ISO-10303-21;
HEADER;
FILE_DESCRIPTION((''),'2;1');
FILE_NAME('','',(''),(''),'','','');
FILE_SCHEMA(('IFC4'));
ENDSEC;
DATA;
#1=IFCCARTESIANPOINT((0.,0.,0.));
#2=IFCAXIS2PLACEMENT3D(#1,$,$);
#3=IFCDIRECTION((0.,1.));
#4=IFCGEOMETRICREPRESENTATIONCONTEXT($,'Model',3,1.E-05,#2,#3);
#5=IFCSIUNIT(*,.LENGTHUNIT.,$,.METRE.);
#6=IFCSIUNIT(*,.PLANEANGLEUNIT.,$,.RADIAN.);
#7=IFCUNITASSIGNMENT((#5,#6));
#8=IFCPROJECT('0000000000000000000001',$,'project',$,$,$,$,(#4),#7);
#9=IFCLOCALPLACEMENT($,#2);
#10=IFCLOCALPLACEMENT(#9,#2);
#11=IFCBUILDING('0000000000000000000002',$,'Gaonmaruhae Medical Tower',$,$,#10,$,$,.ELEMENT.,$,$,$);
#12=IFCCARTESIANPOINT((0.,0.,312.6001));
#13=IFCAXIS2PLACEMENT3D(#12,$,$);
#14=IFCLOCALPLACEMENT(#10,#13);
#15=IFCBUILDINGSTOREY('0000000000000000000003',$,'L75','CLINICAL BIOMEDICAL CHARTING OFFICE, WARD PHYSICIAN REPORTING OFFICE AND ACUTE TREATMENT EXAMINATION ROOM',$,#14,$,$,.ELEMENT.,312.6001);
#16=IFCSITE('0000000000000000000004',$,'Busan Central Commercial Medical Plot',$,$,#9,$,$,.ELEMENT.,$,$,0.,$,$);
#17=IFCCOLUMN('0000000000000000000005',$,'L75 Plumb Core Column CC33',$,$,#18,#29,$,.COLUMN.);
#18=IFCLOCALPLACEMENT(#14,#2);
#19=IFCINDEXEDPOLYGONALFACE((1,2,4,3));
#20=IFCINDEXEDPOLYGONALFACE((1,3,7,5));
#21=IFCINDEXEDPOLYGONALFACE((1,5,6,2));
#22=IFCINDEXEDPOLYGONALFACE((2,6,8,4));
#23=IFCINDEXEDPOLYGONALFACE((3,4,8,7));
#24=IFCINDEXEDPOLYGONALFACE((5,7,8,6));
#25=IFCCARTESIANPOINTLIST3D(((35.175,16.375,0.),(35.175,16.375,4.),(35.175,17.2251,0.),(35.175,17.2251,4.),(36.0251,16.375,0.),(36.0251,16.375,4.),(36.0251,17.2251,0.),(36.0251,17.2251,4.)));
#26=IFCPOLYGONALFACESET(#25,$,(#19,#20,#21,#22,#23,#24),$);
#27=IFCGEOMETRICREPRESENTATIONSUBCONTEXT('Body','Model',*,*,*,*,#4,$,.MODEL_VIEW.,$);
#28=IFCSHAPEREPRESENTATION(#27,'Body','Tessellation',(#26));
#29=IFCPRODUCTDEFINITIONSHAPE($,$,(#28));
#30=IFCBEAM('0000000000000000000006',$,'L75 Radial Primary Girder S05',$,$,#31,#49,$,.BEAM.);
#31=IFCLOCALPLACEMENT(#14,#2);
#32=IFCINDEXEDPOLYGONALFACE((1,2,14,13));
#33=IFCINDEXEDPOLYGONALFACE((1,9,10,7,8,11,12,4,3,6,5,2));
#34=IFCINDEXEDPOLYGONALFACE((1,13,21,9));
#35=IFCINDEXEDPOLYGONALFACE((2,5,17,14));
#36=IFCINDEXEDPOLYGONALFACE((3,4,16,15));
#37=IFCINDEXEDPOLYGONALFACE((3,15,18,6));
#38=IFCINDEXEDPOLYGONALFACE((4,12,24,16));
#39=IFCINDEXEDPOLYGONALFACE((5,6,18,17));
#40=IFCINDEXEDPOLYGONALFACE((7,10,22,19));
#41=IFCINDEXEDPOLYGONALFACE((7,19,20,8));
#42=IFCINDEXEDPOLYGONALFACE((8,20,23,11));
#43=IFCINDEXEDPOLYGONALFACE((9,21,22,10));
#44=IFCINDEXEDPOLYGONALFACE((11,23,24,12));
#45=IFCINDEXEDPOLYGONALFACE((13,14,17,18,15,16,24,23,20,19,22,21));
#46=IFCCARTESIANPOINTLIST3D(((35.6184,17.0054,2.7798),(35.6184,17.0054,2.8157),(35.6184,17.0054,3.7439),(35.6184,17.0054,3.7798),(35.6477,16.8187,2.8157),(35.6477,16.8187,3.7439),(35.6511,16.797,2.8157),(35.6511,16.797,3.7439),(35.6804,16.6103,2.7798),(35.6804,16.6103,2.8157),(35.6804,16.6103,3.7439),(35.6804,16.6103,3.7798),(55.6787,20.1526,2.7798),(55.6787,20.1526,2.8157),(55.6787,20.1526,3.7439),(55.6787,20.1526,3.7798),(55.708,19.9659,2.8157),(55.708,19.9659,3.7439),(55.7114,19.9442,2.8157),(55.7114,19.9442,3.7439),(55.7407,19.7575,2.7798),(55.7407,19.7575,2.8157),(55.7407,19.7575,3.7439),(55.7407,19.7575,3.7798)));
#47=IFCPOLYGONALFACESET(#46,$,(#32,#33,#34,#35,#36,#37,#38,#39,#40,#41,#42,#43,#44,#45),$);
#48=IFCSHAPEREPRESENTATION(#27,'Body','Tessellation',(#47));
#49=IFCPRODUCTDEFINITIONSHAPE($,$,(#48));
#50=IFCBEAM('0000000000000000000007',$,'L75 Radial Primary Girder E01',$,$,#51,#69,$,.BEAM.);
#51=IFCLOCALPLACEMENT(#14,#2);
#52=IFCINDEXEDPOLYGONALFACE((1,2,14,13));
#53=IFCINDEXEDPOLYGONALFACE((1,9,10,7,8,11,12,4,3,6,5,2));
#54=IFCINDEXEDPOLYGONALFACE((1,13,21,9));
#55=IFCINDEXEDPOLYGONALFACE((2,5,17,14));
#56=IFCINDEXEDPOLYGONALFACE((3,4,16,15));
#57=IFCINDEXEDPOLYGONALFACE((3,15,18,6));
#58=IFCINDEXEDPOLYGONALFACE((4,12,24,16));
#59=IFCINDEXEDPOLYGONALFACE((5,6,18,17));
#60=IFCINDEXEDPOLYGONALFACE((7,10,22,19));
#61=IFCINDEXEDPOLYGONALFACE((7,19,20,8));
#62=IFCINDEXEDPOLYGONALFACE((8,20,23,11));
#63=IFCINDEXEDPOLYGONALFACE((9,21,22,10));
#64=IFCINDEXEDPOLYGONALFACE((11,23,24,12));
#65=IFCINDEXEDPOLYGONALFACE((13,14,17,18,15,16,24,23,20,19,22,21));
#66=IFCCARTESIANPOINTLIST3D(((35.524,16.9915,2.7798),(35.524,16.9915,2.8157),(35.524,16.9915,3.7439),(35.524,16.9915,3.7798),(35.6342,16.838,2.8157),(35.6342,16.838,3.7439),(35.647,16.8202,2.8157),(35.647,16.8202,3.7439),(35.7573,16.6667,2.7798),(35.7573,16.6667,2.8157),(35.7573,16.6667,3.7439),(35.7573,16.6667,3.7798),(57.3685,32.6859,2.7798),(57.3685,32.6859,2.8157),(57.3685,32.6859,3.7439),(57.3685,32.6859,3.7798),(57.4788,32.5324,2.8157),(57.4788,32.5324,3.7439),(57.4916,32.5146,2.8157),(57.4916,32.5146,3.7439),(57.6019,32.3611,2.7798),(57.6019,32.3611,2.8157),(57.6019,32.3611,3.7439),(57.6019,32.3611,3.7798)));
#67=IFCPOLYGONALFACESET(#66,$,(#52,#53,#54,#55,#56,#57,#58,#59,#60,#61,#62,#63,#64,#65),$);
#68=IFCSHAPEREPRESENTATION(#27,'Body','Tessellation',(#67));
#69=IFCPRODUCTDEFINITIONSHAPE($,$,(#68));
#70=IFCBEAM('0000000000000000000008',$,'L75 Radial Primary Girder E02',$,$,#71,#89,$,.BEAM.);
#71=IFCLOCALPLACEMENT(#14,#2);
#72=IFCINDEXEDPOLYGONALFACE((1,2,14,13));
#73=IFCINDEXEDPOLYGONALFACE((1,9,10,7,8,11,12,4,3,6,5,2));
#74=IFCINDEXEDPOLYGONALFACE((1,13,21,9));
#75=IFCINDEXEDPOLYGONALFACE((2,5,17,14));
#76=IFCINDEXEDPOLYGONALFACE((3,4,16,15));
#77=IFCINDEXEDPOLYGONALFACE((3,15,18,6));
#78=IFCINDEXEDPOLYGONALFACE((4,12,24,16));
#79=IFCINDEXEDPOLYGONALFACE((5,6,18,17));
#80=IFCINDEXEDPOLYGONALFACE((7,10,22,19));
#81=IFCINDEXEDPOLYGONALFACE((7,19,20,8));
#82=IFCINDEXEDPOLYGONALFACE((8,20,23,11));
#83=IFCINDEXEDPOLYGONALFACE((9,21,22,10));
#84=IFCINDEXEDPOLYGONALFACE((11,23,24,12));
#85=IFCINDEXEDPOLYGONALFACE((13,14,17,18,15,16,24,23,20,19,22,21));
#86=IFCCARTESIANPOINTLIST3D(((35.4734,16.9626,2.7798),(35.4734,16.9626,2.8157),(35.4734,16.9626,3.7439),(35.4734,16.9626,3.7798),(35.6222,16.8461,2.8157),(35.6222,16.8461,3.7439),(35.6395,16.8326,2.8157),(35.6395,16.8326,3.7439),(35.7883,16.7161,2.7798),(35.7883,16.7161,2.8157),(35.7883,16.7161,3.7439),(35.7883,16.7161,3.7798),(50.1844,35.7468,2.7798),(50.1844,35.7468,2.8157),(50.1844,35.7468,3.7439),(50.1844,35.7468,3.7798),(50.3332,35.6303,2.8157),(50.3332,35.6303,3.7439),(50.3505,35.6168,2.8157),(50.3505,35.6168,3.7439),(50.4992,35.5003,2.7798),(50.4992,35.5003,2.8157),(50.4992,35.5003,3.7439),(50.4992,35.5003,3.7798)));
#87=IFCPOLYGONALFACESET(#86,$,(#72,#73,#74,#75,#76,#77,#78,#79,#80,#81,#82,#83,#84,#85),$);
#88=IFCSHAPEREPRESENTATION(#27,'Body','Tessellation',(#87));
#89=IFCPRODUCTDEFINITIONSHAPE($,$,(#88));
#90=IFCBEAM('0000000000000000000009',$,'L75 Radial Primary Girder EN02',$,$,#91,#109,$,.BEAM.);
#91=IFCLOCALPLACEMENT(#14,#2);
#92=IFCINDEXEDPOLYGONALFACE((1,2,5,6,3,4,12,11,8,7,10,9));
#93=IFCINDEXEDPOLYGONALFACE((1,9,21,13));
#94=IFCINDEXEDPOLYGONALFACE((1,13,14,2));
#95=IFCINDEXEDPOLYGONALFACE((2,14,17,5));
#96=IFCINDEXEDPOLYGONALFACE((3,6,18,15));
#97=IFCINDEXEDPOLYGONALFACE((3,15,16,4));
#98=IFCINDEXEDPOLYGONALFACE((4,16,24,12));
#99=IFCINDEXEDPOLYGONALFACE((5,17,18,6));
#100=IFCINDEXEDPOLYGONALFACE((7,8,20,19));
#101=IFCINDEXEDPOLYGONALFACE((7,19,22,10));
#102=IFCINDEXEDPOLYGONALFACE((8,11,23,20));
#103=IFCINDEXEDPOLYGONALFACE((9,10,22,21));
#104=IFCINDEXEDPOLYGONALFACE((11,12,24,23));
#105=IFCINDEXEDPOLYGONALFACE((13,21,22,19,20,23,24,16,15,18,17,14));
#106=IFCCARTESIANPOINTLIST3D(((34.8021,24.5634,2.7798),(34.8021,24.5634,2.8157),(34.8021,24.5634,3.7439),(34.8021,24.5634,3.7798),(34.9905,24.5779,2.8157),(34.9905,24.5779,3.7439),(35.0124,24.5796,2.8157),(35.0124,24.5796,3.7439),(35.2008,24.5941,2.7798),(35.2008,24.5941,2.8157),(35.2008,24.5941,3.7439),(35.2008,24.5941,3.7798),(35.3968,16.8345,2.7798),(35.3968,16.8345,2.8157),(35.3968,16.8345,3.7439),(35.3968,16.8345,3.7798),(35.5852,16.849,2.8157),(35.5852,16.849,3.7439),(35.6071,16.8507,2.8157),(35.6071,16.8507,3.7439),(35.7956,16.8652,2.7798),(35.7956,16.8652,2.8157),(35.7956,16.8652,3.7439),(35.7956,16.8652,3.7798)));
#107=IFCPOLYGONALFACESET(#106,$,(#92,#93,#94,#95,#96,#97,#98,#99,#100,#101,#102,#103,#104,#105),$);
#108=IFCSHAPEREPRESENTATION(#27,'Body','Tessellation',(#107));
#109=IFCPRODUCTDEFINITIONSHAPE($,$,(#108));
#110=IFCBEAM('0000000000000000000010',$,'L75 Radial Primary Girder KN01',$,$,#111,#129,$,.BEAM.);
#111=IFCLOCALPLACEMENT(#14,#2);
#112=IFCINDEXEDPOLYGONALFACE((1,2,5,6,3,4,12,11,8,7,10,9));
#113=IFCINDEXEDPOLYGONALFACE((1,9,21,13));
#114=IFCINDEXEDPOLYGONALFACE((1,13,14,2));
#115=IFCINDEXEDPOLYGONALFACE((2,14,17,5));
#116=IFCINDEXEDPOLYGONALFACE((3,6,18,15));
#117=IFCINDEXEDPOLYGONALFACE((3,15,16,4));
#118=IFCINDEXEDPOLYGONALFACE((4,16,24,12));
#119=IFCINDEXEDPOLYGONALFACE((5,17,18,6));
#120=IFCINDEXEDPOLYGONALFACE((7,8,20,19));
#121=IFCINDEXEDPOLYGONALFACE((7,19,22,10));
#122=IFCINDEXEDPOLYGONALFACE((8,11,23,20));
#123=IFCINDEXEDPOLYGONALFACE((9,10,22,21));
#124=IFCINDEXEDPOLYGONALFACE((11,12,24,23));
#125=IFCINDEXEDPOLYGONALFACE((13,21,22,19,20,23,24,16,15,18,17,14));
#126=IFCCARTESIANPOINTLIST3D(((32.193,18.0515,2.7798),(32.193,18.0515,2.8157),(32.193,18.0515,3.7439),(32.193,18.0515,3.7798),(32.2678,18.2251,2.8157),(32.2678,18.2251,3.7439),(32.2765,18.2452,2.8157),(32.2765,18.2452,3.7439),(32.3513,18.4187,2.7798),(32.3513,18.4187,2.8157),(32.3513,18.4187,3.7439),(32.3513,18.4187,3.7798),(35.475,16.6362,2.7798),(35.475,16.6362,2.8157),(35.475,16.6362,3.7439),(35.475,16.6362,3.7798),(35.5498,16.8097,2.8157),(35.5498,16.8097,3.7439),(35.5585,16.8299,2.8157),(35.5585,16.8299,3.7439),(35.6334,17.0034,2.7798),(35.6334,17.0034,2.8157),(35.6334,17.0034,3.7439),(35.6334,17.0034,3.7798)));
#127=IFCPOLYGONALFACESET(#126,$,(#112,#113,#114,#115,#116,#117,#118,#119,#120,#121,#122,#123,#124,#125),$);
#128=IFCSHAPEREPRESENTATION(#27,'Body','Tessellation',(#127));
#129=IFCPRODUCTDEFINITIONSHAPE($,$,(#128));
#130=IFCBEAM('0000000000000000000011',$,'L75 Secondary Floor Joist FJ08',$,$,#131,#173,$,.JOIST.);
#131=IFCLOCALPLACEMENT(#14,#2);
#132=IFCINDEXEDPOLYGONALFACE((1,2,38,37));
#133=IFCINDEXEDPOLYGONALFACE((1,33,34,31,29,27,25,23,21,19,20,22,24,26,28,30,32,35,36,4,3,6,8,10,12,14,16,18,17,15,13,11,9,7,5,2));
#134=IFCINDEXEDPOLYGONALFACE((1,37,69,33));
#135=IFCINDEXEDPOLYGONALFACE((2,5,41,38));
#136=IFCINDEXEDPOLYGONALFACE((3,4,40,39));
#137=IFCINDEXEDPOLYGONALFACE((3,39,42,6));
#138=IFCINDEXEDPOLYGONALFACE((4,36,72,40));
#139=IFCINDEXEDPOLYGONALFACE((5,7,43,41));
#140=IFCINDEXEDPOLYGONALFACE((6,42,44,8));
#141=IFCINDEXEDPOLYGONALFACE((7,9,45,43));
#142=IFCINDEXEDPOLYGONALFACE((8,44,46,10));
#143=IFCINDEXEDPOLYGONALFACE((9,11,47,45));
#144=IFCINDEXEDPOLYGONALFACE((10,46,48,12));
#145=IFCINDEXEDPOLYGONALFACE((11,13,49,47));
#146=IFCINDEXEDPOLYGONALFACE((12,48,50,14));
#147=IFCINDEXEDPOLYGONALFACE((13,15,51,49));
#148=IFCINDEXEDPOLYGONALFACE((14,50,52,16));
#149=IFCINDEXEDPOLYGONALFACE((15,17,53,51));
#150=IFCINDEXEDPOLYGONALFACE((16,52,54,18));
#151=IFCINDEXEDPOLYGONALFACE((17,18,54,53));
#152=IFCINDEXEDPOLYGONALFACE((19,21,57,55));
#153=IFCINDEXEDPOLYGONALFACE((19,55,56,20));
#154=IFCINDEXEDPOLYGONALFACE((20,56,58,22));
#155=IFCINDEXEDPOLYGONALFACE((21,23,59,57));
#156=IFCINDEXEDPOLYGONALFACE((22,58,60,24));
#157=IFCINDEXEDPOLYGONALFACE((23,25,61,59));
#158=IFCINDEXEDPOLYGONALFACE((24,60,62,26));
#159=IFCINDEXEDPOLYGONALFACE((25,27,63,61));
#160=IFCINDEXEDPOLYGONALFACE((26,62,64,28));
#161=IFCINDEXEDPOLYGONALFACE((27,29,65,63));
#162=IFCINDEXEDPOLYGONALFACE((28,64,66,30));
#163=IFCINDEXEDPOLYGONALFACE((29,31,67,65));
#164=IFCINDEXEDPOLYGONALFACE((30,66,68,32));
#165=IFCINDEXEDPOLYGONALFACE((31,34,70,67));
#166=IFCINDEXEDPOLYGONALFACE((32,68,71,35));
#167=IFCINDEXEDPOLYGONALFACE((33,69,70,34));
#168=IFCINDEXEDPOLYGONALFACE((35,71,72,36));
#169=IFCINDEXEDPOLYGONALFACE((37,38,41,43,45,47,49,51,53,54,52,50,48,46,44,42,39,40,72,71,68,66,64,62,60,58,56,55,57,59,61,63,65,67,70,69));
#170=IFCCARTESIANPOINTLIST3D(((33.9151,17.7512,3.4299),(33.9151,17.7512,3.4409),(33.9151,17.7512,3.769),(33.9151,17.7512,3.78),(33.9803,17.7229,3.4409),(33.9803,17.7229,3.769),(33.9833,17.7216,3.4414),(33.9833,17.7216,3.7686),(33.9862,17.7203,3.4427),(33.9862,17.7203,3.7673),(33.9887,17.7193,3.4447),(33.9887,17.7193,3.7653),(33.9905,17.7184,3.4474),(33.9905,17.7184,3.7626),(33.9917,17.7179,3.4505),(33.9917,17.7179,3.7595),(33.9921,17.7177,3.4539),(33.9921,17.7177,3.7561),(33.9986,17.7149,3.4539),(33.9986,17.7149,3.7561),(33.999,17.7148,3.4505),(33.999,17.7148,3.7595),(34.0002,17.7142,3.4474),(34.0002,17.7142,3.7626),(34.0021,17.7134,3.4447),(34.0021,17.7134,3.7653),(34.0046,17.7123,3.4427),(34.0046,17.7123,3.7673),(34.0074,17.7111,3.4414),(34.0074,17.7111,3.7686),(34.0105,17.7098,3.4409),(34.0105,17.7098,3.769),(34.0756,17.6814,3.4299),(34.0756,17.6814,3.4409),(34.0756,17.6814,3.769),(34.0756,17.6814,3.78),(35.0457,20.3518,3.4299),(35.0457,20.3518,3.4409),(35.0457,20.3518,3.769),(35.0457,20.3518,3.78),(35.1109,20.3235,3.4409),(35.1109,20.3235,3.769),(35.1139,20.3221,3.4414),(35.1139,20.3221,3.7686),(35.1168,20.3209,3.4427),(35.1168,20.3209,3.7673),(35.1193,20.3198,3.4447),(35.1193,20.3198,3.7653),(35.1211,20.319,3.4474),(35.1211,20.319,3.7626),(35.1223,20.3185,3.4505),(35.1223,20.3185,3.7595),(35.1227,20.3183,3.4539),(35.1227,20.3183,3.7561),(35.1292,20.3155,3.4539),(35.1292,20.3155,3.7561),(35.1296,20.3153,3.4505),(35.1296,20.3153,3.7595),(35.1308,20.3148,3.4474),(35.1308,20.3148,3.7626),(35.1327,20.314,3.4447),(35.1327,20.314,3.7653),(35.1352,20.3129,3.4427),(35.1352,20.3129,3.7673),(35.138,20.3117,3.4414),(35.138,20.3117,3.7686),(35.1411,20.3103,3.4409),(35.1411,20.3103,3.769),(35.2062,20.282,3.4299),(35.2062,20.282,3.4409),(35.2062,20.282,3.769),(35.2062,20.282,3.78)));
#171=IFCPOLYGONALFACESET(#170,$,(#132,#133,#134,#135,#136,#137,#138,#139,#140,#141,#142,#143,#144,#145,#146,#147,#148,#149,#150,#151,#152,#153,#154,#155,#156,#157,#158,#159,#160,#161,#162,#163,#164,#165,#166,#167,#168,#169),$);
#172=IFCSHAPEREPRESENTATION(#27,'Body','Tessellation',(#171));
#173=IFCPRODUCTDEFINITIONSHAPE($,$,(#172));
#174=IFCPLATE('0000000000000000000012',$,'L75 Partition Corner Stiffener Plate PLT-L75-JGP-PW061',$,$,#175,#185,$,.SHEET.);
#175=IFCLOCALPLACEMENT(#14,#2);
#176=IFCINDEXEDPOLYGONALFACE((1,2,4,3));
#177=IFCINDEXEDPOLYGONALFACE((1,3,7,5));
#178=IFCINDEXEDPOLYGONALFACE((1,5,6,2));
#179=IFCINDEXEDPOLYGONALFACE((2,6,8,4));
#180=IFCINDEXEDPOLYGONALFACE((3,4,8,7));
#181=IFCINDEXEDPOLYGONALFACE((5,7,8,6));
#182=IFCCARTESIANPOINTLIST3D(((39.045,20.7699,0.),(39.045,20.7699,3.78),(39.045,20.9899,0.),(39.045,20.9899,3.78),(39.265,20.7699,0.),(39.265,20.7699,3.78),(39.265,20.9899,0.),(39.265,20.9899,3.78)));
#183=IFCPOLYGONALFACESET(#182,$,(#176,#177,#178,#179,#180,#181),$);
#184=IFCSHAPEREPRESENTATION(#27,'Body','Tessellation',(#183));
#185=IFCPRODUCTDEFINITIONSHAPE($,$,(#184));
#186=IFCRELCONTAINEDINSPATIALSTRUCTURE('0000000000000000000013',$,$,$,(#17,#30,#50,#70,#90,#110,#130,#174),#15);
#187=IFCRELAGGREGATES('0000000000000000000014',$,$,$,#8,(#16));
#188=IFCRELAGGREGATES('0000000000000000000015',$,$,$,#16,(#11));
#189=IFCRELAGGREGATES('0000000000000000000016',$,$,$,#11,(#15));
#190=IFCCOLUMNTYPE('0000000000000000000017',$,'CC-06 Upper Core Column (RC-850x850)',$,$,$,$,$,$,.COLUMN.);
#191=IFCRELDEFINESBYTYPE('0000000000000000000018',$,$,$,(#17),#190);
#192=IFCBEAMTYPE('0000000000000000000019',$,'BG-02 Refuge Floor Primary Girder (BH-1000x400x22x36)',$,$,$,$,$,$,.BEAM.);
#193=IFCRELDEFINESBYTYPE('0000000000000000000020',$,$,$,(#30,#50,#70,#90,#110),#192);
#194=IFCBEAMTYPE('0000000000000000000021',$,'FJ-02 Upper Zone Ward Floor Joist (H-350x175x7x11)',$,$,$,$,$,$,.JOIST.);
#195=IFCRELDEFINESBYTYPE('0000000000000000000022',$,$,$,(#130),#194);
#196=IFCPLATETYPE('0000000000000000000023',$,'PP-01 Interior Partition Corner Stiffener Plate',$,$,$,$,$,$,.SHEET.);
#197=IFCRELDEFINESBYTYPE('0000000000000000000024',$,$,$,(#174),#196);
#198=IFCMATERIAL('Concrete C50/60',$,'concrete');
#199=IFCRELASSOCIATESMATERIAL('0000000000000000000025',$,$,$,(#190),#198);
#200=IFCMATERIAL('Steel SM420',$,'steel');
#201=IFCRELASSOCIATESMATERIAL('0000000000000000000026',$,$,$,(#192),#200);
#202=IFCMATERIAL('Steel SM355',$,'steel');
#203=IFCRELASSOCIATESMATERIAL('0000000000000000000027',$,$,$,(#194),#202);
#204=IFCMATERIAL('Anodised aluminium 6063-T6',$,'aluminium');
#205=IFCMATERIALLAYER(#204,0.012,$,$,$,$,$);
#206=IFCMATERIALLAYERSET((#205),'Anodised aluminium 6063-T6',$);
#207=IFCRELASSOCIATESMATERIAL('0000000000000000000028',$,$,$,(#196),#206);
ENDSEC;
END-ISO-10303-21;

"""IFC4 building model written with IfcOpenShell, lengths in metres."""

from ifc_helpers import new_model, si_unit, direction, frame, origin, origin_2d, place, context, subcontext, project, spatial, rectangle, i_section, extrude, material, layer, layer_set, material_profile, profile_set, type_object, element, save


model = new_model("IFC4")

# Units and contexts
model_context = context("Model", 3, precision=1e-05, world=origin(), true_north=direction((0.0, 1.0)))
body_context = subcontext(model_context, "Body", "Model", "MODEL_VIEW")
ifc_project = project(units=[si_unit("LENGTHUNIT", "METRE"), si_unit("PLANEANGLEUNIT", "RADIAN")], contexts=[model_context])

# Site, building, storey
site_placement = place(None, origin())
site = spatial("IfcSite", under=ifc_project, at=site_placement, Name="Busan Central Commercial Medical Plot", CompositionType="ELEMENT", RefElevation=0.0)
building_placement = place(site_placement, origin())
building = spatial("IfcBuilding", under=site, at=building_placement, Name="Gaonmaruhae Medical Tower", CompositionType="ELEMENT")
storey_placement = place(building_placement, frame((0.0, 0.0, 312.6001)))
storey = spatial("IfcBuildingStorey", under=building, at=storey_placement, Name="L75", Description="CLINICAL BIOMEDICAL CHARTING OFFICE, WARD PHYSICIAN REPORTING OFFICE AND ACUTE TREATMENT EXAMINATION ROOM", CompositionType="ELEMENT", Elevation=312.6001)

# Column
ifc_material_1 = material(Name="Concrete C50/60", Category="concrete")
ifc_material_profile_1 = material_profile(ifc_material_1, rectangle(XDim=0.8501, YDim=0.8501, at=origin_2d()), Name="RC-850x850")
ifc_profile_set_1 = profile_set([ifc_material_profile_1], Name="Concrete C50/60")
column_type = type_object("IfcColumnType", Name="CC-06 Upper Core Column (RC-850x850)", PredefinedType="COLUMN", material=ifc_profile_set_1)
column_placement = place(storey_placement, frame((35.6001, 16.8, 0.0), z_axis=(0.0, 0.0, 1.0), x_axis=(1.0, 0.0, 0.0)))
element("IfcColumn", 1, at=column_placement, inside=storey, type_object=column_type, Name="L75 Plumb Core Column CC33", PredefinedType="COLUMN", context=body_context, shape_type="SweptSolid", body=[
    extrude(rectangle(XDim=0.8501, YDim=0.8501, at=origin_2d()), origin(), (0.0, 0.0, 1.0), 4.0),
])

# Beams
ifc_material_2 = material(Name="Steel SM420", Category="steel")
ifc_material_profile_2 = material_profile(ifc_material_2, i_section(OverallWidth=0.3999, OverallDepth=1.0, WebThickness=0.022, FlangeThickness=0.0359, at=origin_2d()), Name="BH-1000x400x22x36")
ifc_profile_set_2 = profile_set([ifc_material_profile_2], Name="Steel SM420")
beam_type_1 = type_object("IfcBeamType", Name="BG-02 Refuge Floor Primary Girder (BH-1000x400x22x36)", PredefinedType="BEAM", material=ifc_profile_set_2)
beam_1_placement = place(storey_placement, frame((35.6494, 16.8079, 3.2798), z_axis=(0.987916, 0.154992, 0.0), x_axis=(-0.154992, 0.987916, 0.0)))
element("IfcBeam", 2, at=beam_1_placement, inside=storey, type_object=beam_type_1, Name="L75 Radial Primary Girder S05", PredefinedType="BEAM", context=body_context, shape_type="SweptSolid", body=[
    extrude(i_section(OverallWidth=0.3999, OverallDepth=1.0, WebThickness=0.022, FlangeThickness=0.0359, at=origin_2d()), origin(), (0.0, 0.0, 1.0), 20.3057),
])
beam_2_placement = place(storey_placement, frame((35.6406, 16.8291, 3.2798), z_axis=(0.812128, 0.583479, 0.0), x_axis=(-0.583479, 0.812128, 0.0)))
element("IfcBeam", 3, at=beam_2_placement, inside=storey, type_object=beam_type_1, Name="L75 Radial Primary Girder E01", PredefinedType="BEAM", context=body_context, shape_type="SweptSolid", body=[
    extrude(i_section(OverallWidth=0.3999, OverallDepth=1.0, WebThickness=0.022, FlangeThickness=0.0359, at=origin_2d()), origin(), (0.0, 0.0, 1.0), 26.8979),
])
beam_3_placement = place(storey_placement, frame((35.6309, 16.8394, 3.2798), z_axis=(0.616575, 0.787296, 0.0), x_axis=(-0.787296, 0.616575, 0.0)))
element("IfcBeam", 4, at=beam_3_placement, inside=storey, type_object=beam_type_1, Name="L75 Radial Primary Girder E02", PredefinedType="BEAM", context=body_context, shape_type="SweptSolid", body=[
    extrude(i_section(OverallWidth=0.3999, OverallDepth=1.0, WebThickness=0.022, FlangeThickness=0.0359, at=origin_2d()), origin(), (0.0, 0.0, 1.0), 23.8591),
])
beam_4_placement = place(storey_placement, frame((35.5962, 16.8499, 3.2798), z_axis=(-0.076723, 0.997052, 0.0), x_axis=(-0.997052, -0.076723, 0.0)))
element("IfcBeam", 5, at=beam_4_placement, inside=storey, type_object=beam_type_1, Name="L75 Radial Primary Girder EN02", PredefinedType="BEAM", context=body_context, shape_type="SweptSolid", body=[
    extrude(i_section(OverallWidth=0.3999, OverallDepth=1.0, WebThickness=0.022, FlangeThickness=0.0359, at=origin_2d()), origin(), (0.0, 0.0, 1.0), 7.7517),
])
beam_5_placement = place(storey_placement, frame((35.5542, 16.8198, 3.2798), z_axis=(-0.918259, 0.395979, 0.0), x_axis=(-0.395979, -0.918259, 0.0)))
element("IfcBeam", 6, at=beam_5_placement, inside=storey, type_object=beam_type_1, Name="L75 Radial Primary Girder KN01", PredefinedType="BEAM", context=body_context, shape_type="SweptSolid", body=[
    extrude(i_section(OverallWidth=0.3999, OverallDepth=1.0, WebThickness=0.022, FlangeThickness=0.0359, at=origin_2d()), origin(), (0.0, 0.0, 1.0), 3.5742),
])
ifc_material_3 = material(Name="Steel SM355", Category="steel")
ifc_material_profile_3 = material_profile(ifc_material_3, i_section(OverallWidth=0.175, OverallDepth=0.3501, WebThickness=0.0071, FlangeThickness=0.011, FilletRadius=0.0129, at=origin_2d()), Name="H-350x175x7x11")
ifc_profile_set_3 = profile_set([ifc_material_profile_3], Name="Steel SM355")
beam_type_2 = type_object("IfcBeamType", Name="FJ-02 Upper Zone Ward Floor Joist (H-350x175x7x11)", PredefinedType="JOIST", material=ifc_profile_set_3)
beam_6_placement = place(storey_placement, frame((35.126, 20.3169, 3.605), z_axis=(-0.398704, -0.91708, 0.0), x_axis=(0.91708, -0.398704, 0.0)))
element("IfcBeam", 7, at=beam_6_placement, inside=storey, type_object=beam_type_2, Name="L75 Secondary Floor Joist FJ08", PredefinedType="JOIST", context=body_context, shape_type="SweptSolid", body=[
    extrude(i_section(OverallWidth=0.175, OverallDepth=0.3501, WebThickness=0.0071, FlangeThickness=0.011, FilletRadius=0.0129, at=origin_2d()), origin(), (0.0, 0.0, 1.0), 2.8357),
])

# Plate
ifc_material_4 = material(Name="Anodised aluminium 6063-T6", Category="aluminium")
ifc_layer_1 = layer(ifc_material_4, 0.012)
ifc_layer_set_1 = layer_set([ifc_layer_1], Name="Anodised aluminium 6063-T6")
plate_type = type_object("IfcPlateType", Name="PP-01 Interior Partition Corner Stiffener Plate", PredefinedType="SHEET", material=ifc_layer_set_1)
for number, where, z_axis, x_axis, name in (
    (8, (39.155, 20.8799, 0.0), (0.0, 0.0, 1.0), (-1.0, 0.0, 0.0), "L75 Partition Corner Stiffener Plate PLT-L75-JGP-PW061"),
):
    element("IfcPlate", number, at=place(storey_placement, frame(where, z_axis=z_axis, x_axis=x_axis)), inside=storey, type_object=plate_type, Name=name, PredefinedType="SHEET", context=body_context, shape_type="SweptSolid", body=[
        extrude(rectangle(XDim=0.22, YDim=0.22, at=origin_2d()), origin(), (0.0, 0.0, 1.0), 3.78),
    ])

save(model, "model.ifc")
